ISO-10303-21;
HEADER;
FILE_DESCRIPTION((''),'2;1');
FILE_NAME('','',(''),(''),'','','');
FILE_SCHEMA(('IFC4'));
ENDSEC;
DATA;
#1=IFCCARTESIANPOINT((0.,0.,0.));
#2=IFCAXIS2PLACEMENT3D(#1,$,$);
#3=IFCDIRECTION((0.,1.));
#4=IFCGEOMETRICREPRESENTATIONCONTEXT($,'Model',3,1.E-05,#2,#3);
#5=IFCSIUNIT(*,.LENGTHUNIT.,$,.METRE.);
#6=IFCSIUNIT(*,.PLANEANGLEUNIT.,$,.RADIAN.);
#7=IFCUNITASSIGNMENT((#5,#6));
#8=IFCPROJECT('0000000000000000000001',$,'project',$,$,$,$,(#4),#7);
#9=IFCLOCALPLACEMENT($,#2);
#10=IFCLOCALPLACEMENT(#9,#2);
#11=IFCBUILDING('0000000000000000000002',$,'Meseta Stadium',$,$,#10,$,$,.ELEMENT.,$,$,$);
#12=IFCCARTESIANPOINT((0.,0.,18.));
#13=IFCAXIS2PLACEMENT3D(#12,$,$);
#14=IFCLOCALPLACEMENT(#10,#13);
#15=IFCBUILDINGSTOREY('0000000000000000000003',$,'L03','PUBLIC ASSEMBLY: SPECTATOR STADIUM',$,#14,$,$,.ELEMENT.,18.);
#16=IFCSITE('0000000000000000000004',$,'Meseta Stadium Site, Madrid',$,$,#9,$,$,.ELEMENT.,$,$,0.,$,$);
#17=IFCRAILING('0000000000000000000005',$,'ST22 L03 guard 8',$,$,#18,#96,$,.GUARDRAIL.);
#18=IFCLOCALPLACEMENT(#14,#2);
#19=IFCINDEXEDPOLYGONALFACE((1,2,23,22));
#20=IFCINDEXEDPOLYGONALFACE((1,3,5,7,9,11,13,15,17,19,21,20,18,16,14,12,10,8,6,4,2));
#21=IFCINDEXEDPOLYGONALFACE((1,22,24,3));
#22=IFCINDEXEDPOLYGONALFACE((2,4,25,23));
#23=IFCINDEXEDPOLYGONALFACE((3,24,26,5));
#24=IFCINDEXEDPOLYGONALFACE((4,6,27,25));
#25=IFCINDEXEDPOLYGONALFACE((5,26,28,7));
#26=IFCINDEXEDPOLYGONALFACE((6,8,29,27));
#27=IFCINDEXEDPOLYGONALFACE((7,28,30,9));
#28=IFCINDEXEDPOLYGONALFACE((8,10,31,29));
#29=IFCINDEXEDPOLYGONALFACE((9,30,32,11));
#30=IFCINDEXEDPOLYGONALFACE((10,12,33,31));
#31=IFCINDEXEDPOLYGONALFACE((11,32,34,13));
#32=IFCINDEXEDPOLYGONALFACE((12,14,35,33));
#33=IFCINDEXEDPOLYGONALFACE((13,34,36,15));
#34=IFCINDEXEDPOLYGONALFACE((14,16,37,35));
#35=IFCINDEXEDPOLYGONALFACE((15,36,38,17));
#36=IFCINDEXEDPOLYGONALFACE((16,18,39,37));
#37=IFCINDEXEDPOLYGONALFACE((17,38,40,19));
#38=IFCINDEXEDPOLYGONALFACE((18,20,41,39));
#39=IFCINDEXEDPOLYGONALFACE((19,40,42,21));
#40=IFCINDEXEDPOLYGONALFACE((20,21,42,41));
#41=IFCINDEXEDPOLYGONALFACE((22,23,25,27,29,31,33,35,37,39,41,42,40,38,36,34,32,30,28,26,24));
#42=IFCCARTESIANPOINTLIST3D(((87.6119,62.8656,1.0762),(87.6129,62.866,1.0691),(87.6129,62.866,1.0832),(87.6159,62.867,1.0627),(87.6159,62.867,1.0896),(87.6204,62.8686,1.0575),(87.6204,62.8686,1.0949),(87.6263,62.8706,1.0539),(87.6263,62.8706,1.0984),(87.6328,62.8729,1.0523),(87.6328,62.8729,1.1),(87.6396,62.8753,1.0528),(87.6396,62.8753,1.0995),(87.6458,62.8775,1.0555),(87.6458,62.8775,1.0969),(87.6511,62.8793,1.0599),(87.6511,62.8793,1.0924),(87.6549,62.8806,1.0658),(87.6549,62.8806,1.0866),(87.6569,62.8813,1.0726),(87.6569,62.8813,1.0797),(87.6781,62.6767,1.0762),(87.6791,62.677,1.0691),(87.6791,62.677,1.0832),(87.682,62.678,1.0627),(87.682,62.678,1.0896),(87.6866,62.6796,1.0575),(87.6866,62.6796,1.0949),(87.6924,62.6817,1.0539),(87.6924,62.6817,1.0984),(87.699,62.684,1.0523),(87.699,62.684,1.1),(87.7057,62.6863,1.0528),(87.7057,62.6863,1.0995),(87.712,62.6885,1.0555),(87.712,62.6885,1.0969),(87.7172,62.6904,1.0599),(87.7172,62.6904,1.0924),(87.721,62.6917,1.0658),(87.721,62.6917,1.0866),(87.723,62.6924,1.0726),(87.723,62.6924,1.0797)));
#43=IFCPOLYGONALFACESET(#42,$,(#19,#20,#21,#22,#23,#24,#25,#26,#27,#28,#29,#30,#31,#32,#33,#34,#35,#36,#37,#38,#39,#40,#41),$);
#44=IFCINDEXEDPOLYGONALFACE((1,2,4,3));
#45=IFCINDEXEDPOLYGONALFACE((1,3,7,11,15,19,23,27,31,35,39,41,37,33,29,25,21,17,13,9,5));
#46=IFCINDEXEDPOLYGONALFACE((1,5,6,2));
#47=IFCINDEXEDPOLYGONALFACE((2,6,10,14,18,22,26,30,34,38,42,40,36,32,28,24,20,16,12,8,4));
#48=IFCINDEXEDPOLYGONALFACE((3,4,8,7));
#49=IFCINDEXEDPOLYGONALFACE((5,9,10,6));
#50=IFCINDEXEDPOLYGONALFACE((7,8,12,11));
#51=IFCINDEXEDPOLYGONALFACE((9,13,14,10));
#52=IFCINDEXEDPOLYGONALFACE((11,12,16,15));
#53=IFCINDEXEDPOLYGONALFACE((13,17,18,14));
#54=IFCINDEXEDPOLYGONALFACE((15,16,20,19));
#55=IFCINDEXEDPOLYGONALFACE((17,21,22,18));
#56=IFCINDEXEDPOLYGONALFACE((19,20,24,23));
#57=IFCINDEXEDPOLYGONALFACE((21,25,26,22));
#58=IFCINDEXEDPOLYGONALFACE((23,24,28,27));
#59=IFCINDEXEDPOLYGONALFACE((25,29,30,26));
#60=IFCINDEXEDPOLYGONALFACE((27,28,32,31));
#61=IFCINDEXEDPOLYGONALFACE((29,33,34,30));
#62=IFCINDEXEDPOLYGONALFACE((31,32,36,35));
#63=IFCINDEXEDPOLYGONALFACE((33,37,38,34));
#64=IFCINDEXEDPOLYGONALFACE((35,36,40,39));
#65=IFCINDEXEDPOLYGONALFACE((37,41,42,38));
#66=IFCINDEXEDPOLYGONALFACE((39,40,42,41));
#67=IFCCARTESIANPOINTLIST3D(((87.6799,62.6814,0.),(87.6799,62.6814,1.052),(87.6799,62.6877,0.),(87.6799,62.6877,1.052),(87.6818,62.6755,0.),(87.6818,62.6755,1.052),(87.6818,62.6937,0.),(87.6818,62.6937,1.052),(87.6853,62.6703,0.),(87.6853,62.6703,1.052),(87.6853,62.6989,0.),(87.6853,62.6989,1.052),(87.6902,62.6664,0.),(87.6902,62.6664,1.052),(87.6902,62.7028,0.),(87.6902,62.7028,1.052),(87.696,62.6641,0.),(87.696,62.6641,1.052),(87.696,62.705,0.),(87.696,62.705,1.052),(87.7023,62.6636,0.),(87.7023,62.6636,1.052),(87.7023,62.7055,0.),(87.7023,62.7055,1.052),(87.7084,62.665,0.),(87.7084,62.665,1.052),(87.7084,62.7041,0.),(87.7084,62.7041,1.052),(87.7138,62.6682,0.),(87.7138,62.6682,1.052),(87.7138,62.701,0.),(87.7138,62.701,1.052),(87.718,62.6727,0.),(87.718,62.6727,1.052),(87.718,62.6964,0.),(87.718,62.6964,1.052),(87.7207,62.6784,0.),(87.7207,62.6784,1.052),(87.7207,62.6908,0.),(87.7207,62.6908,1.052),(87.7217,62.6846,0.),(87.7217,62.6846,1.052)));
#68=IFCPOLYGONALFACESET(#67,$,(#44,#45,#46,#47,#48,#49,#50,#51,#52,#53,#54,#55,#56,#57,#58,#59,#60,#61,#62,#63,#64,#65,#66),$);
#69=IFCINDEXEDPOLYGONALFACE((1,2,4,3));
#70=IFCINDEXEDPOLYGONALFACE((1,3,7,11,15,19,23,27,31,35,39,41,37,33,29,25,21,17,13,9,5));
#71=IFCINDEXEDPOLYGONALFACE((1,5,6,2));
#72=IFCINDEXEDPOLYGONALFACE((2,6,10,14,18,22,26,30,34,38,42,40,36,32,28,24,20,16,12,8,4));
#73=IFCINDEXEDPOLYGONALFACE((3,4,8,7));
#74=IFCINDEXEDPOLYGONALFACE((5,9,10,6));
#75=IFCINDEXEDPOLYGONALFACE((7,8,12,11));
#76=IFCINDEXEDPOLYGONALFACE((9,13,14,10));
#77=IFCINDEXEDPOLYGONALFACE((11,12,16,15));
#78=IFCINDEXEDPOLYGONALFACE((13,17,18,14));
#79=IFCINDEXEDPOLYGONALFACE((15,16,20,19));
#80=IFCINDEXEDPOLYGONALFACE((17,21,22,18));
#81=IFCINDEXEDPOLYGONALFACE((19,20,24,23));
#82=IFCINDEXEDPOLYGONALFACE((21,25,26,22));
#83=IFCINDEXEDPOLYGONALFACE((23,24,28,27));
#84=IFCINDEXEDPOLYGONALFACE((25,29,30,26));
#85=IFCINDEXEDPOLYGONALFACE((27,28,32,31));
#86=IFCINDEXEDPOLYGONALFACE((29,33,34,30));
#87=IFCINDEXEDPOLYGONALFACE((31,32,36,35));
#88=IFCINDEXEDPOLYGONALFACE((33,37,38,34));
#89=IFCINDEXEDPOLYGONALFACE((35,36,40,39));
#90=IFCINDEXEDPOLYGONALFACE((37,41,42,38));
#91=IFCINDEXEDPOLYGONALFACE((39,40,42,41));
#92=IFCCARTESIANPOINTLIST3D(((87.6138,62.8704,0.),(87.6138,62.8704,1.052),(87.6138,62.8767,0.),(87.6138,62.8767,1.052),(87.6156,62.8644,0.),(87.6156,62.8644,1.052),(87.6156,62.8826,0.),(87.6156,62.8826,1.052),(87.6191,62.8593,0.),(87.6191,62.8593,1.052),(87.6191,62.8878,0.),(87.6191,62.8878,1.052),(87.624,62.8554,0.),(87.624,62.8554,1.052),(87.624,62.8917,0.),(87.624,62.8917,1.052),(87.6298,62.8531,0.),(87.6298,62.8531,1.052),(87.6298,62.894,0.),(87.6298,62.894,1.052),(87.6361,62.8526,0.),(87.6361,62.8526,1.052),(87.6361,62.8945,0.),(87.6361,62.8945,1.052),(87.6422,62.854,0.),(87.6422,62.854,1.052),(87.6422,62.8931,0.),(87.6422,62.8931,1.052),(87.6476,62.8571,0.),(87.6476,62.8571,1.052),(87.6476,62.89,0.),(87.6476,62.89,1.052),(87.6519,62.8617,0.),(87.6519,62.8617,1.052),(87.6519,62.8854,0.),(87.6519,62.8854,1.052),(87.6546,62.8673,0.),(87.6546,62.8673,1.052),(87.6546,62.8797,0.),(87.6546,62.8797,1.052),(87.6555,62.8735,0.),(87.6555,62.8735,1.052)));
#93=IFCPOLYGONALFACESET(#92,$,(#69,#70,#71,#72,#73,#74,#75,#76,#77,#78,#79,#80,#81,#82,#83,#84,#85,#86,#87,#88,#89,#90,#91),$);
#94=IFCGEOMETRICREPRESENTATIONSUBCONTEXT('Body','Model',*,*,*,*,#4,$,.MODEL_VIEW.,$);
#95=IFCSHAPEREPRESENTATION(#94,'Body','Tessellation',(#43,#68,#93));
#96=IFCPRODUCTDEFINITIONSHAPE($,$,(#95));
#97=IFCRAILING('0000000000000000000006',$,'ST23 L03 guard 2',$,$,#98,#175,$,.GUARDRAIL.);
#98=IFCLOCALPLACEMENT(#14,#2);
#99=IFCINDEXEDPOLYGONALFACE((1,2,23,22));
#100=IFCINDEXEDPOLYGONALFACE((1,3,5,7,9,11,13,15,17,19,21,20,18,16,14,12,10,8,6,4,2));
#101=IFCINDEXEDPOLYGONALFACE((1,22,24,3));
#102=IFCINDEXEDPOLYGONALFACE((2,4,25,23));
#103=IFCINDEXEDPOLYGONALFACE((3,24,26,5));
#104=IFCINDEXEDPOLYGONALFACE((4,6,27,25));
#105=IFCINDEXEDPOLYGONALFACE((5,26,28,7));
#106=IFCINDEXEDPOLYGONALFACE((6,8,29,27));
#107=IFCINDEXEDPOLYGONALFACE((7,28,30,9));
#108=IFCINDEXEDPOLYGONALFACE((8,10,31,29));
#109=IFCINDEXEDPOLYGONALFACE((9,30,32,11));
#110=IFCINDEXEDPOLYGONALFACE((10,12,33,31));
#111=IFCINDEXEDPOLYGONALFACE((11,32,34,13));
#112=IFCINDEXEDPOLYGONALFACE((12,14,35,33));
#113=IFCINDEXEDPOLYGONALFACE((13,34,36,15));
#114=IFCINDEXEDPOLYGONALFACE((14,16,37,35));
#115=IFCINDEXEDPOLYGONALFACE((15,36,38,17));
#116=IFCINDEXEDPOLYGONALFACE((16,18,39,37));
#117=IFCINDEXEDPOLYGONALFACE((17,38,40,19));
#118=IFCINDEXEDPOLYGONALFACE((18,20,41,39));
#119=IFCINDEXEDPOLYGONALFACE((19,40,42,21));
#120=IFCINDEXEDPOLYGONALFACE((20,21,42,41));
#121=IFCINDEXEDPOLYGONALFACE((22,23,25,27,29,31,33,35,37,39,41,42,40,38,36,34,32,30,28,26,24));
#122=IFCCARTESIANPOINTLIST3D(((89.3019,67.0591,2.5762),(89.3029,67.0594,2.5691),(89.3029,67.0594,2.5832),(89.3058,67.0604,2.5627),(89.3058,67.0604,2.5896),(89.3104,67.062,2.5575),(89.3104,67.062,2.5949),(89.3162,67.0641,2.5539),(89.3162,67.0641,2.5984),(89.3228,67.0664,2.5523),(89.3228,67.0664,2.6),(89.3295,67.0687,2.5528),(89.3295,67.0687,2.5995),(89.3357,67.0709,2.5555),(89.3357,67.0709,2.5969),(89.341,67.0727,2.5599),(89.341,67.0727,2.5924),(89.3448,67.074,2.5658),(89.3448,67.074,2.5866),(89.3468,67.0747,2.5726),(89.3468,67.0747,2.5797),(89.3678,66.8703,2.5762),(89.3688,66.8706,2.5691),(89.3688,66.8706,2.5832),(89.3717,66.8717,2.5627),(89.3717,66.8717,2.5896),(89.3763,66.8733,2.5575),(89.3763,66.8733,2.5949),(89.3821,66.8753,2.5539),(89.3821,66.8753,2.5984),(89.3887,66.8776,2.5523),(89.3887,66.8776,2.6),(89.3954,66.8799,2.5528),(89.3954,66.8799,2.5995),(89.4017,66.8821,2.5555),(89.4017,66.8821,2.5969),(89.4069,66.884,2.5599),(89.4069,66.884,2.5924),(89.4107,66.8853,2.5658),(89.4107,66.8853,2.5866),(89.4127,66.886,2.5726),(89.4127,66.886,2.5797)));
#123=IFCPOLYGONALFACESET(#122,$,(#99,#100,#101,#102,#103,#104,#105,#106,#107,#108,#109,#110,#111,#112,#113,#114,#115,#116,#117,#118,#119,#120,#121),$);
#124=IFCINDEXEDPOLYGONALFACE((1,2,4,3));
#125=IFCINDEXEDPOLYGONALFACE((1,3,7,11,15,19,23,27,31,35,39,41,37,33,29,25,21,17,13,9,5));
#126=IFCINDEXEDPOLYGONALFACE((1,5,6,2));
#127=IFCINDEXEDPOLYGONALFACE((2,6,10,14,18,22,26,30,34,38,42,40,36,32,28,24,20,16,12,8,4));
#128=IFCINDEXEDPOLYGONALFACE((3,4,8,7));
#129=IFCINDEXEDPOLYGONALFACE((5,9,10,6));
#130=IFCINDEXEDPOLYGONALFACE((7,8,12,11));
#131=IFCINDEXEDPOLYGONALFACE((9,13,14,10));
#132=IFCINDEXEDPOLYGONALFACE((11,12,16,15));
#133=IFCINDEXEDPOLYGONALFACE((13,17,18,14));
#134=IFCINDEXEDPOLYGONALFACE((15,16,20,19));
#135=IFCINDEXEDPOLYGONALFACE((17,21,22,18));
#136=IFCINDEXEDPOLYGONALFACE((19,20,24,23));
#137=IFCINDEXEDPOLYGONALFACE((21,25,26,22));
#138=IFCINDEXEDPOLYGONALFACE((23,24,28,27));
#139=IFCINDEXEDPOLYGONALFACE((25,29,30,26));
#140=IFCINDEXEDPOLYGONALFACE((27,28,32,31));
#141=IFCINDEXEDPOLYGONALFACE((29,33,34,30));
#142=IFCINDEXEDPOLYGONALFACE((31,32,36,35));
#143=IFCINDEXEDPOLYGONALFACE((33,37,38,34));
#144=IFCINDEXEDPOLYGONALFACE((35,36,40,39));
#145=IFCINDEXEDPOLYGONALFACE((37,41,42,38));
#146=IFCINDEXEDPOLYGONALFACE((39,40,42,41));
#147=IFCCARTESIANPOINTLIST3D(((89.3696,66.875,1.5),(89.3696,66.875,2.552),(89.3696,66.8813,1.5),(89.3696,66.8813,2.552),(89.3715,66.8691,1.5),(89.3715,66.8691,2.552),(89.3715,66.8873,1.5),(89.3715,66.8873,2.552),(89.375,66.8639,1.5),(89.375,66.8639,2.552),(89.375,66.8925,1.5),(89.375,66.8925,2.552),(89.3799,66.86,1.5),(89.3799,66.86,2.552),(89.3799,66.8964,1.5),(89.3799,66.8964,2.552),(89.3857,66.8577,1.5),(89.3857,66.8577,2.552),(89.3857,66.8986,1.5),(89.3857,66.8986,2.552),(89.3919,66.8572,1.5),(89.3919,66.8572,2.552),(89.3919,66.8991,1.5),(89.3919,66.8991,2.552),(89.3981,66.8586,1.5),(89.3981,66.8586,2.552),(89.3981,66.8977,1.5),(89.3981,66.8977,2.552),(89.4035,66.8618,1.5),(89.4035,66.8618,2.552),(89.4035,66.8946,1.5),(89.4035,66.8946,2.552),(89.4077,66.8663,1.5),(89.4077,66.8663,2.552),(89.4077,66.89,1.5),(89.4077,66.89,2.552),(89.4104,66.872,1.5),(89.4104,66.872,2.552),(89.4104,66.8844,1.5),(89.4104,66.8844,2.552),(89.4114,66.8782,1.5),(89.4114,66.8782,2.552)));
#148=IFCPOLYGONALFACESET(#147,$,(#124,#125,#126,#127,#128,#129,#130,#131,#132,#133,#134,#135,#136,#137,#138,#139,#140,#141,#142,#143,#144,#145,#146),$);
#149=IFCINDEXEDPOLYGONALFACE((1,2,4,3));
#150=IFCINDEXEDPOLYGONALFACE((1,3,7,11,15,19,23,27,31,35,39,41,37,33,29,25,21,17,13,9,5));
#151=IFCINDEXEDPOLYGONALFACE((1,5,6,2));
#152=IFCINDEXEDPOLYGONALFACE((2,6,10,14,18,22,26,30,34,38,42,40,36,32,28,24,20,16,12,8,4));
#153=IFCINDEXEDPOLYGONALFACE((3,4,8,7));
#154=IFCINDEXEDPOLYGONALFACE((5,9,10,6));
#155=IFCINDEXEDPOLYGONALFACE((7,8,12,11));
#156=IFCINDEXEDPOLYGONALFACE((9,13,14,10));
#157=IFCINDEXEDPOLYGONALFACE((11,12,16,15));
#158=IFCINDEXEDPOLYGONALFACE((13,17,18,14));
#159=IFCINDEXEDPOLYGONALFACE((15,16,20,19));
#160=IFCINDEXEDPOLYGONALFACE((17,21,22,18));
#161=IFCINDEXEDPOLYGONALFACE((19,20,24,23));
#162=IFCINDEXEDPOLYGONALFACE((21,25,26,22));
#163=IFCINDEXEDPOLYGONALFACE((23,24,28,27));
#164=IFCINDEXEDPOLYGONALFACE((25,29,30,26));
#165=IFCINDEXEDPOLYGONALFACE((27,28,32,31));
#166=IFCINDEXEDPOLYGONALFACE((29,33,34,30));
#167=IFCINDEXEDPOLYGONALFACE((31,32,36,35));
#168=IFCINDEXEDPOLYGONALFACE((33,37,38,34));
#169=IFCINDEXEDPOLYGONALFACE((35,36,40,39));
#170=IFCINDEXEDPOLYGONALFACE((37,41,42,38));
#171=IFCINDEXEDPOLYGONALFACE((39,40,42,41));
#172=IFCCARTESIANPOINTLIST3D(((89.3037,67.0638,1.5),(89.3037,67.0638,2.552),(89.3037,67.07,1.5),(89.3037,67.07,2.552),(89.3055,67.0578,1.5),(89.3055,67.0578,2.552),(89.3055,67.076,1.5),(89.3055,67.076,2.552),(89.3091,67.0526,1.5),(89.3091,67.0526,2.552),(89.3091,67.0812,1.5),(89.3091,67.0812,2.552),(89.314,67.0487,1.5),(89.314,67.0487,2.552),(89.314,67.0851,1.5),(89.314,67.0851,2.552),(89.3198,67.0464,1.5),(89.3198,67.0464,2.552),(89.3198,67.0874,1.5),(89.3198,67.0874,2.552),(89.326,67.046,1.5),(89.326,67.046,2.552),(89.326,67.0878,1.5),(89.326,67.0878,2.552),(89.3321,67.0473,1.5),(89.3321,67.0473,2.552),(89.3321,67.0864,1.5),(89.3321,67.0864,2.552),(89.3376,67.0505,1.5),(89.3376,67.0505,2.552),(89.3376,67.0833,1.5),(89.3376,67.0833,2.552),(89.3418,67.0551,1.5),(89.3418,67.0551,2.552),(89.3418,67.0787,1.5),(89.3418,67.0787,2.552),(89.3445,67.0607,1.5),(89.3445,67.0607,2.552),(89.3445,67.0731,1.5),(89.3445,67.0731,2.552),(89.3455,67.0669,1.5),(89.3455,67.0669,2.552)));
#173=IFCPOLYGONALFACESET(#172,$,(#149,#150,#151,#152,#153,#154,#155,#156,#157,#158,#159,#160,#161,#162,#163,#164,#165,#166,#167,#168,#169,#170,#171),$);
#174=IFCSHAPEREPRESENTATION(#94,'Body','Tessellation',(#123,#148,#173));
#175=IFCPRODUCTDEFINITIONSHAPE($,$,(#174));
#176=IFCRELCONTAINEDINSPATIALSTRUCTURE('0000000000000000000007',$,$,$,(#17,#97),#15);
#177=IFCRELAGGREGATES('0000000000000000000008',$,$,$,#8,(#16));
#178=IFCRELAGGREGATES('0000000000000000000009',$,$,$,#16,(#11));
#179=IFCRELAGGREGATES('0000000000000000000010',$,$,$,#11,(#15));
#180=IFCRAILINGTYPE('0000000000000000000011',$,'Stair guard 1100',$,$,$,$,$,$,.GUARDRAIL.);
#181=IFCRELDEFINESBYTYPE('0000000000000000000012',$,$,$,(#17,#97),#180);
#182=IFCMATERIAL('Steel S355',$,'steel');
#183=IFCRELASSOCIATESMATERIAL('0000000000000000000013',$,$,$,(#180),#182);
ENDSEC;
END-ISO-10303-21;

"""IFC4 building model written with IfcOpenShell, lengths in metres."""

from ifc_helpers import new_model, si_unit, direction, frame, origin, origin_2d, place, context, subcontext, project, spatial, circle, extrude, material, type_object, element, save


model = new_model("IFC4")

# Units and contexts
model_context = context("Model", 3, precision=1e-05, world=origin(), true_north=direction((0.0, 1.0)))
body_context = subcontext(model_context, "Body", "Model", "MODEL_VIEW")
ifc_project = project(units=[si_unit("LENGTHUNIT", "METRE"), si_unit("PLANEANGLEUNIT", "RADIAN")], contexts=[model_context])

# Site, building, storey
site_placement = place(None, origin())
site = spatial("IfcSite", under=ifc_project, at=site_placement, Name="Meseta Stadium Site, Madrid", CompositionType="ELEMENT", RefElevation=0.0)
building_placement = place(site_placement, origin())
building = spatial("IfcBuilding", under=site, at=building_placement, Name="Meseta Stadium", CompositionType="ELEMENT")
storey_placement = place(building_placement, frame((0.0, 0.0, 18.0)))
storey = spatial("IfcBuildingStorey", under=building, at=storey_placement, Name="L03", Description="PUBLIC ASSEMBLY: SPECTATOR STADIUM", CompositionType="ELEMENT", Elevation=18.0)

# Railings
ifc_material_1 = material(Name="Steel S355", Category="steel")
railing_type_1 = type_object("IfcRailingType", Name="Stair guard 1100", PredefinedType="GUARDRAIL", material=ifc_material_1)
railing_1_placement = place(storey_placement, frame((87.7007, 62.6846, 0.0)))
element("IfcRailing", 1, at=railing_1_placement, inside=storey, type_object=railing_type_1, Name="ST22 L03 guard 8", PredefinedType="GUARDRAIL", context=body_context, shape_type="SweptSolid", body=[
    extrude(circle(Radius=0.0239, at=origin_2d()), frame((0.0, 0.0, 1.0762), z_axis=(-0.330459, 0.94382, 0.0), x_axis=(-0.94382, -0.330459, 0.0)), (0.0, 0.0, 1.0), 0.2002),
    extrude(circle(Radius=0.021, at=origin_2d()), origin(), (0.0, 0.0, 1.0), 1.052),
    extrude(circle(Radius=0.021, at=origin_2d()), frame((-0.0662, 0.189, 0.0)), (0.0, 0.0, 1.0), 1.052),
])
railing_2_placement = place(storey_placement, frame((89.3904, 66.8782, 1.5)))
element("IfcRailing", 2, at=railing_2_placement, inside=storey, type_object=railing_type_1, Name="ST23 L03 guard 2", PredefinedType="GUARDRAIL", context=body_context, shape_type="SweptSolid", body=[
    extrude(circle(Radius=0.0239, at=origin_2d()), frame((0.0, 0.0, 1.0762), z_axis=(-0.329752, 0.944068, 0.0), x_axis=(-0.944068, -0.329752, 0.0)), (0.0, 0.0, 1.0), 0.2),
    extrude(circle(Radius=0.021, at=origin_2d()), origin(), (0.0, 0.0, 1.0), 1.052),
    extrude(circle(Radius=0.021, at=origin_2d()), frame((-0.0659, 0.1887, 0.0)), (0.0, 0.0, 1.0), 1.052),
])

save(model, "model.ifc")
